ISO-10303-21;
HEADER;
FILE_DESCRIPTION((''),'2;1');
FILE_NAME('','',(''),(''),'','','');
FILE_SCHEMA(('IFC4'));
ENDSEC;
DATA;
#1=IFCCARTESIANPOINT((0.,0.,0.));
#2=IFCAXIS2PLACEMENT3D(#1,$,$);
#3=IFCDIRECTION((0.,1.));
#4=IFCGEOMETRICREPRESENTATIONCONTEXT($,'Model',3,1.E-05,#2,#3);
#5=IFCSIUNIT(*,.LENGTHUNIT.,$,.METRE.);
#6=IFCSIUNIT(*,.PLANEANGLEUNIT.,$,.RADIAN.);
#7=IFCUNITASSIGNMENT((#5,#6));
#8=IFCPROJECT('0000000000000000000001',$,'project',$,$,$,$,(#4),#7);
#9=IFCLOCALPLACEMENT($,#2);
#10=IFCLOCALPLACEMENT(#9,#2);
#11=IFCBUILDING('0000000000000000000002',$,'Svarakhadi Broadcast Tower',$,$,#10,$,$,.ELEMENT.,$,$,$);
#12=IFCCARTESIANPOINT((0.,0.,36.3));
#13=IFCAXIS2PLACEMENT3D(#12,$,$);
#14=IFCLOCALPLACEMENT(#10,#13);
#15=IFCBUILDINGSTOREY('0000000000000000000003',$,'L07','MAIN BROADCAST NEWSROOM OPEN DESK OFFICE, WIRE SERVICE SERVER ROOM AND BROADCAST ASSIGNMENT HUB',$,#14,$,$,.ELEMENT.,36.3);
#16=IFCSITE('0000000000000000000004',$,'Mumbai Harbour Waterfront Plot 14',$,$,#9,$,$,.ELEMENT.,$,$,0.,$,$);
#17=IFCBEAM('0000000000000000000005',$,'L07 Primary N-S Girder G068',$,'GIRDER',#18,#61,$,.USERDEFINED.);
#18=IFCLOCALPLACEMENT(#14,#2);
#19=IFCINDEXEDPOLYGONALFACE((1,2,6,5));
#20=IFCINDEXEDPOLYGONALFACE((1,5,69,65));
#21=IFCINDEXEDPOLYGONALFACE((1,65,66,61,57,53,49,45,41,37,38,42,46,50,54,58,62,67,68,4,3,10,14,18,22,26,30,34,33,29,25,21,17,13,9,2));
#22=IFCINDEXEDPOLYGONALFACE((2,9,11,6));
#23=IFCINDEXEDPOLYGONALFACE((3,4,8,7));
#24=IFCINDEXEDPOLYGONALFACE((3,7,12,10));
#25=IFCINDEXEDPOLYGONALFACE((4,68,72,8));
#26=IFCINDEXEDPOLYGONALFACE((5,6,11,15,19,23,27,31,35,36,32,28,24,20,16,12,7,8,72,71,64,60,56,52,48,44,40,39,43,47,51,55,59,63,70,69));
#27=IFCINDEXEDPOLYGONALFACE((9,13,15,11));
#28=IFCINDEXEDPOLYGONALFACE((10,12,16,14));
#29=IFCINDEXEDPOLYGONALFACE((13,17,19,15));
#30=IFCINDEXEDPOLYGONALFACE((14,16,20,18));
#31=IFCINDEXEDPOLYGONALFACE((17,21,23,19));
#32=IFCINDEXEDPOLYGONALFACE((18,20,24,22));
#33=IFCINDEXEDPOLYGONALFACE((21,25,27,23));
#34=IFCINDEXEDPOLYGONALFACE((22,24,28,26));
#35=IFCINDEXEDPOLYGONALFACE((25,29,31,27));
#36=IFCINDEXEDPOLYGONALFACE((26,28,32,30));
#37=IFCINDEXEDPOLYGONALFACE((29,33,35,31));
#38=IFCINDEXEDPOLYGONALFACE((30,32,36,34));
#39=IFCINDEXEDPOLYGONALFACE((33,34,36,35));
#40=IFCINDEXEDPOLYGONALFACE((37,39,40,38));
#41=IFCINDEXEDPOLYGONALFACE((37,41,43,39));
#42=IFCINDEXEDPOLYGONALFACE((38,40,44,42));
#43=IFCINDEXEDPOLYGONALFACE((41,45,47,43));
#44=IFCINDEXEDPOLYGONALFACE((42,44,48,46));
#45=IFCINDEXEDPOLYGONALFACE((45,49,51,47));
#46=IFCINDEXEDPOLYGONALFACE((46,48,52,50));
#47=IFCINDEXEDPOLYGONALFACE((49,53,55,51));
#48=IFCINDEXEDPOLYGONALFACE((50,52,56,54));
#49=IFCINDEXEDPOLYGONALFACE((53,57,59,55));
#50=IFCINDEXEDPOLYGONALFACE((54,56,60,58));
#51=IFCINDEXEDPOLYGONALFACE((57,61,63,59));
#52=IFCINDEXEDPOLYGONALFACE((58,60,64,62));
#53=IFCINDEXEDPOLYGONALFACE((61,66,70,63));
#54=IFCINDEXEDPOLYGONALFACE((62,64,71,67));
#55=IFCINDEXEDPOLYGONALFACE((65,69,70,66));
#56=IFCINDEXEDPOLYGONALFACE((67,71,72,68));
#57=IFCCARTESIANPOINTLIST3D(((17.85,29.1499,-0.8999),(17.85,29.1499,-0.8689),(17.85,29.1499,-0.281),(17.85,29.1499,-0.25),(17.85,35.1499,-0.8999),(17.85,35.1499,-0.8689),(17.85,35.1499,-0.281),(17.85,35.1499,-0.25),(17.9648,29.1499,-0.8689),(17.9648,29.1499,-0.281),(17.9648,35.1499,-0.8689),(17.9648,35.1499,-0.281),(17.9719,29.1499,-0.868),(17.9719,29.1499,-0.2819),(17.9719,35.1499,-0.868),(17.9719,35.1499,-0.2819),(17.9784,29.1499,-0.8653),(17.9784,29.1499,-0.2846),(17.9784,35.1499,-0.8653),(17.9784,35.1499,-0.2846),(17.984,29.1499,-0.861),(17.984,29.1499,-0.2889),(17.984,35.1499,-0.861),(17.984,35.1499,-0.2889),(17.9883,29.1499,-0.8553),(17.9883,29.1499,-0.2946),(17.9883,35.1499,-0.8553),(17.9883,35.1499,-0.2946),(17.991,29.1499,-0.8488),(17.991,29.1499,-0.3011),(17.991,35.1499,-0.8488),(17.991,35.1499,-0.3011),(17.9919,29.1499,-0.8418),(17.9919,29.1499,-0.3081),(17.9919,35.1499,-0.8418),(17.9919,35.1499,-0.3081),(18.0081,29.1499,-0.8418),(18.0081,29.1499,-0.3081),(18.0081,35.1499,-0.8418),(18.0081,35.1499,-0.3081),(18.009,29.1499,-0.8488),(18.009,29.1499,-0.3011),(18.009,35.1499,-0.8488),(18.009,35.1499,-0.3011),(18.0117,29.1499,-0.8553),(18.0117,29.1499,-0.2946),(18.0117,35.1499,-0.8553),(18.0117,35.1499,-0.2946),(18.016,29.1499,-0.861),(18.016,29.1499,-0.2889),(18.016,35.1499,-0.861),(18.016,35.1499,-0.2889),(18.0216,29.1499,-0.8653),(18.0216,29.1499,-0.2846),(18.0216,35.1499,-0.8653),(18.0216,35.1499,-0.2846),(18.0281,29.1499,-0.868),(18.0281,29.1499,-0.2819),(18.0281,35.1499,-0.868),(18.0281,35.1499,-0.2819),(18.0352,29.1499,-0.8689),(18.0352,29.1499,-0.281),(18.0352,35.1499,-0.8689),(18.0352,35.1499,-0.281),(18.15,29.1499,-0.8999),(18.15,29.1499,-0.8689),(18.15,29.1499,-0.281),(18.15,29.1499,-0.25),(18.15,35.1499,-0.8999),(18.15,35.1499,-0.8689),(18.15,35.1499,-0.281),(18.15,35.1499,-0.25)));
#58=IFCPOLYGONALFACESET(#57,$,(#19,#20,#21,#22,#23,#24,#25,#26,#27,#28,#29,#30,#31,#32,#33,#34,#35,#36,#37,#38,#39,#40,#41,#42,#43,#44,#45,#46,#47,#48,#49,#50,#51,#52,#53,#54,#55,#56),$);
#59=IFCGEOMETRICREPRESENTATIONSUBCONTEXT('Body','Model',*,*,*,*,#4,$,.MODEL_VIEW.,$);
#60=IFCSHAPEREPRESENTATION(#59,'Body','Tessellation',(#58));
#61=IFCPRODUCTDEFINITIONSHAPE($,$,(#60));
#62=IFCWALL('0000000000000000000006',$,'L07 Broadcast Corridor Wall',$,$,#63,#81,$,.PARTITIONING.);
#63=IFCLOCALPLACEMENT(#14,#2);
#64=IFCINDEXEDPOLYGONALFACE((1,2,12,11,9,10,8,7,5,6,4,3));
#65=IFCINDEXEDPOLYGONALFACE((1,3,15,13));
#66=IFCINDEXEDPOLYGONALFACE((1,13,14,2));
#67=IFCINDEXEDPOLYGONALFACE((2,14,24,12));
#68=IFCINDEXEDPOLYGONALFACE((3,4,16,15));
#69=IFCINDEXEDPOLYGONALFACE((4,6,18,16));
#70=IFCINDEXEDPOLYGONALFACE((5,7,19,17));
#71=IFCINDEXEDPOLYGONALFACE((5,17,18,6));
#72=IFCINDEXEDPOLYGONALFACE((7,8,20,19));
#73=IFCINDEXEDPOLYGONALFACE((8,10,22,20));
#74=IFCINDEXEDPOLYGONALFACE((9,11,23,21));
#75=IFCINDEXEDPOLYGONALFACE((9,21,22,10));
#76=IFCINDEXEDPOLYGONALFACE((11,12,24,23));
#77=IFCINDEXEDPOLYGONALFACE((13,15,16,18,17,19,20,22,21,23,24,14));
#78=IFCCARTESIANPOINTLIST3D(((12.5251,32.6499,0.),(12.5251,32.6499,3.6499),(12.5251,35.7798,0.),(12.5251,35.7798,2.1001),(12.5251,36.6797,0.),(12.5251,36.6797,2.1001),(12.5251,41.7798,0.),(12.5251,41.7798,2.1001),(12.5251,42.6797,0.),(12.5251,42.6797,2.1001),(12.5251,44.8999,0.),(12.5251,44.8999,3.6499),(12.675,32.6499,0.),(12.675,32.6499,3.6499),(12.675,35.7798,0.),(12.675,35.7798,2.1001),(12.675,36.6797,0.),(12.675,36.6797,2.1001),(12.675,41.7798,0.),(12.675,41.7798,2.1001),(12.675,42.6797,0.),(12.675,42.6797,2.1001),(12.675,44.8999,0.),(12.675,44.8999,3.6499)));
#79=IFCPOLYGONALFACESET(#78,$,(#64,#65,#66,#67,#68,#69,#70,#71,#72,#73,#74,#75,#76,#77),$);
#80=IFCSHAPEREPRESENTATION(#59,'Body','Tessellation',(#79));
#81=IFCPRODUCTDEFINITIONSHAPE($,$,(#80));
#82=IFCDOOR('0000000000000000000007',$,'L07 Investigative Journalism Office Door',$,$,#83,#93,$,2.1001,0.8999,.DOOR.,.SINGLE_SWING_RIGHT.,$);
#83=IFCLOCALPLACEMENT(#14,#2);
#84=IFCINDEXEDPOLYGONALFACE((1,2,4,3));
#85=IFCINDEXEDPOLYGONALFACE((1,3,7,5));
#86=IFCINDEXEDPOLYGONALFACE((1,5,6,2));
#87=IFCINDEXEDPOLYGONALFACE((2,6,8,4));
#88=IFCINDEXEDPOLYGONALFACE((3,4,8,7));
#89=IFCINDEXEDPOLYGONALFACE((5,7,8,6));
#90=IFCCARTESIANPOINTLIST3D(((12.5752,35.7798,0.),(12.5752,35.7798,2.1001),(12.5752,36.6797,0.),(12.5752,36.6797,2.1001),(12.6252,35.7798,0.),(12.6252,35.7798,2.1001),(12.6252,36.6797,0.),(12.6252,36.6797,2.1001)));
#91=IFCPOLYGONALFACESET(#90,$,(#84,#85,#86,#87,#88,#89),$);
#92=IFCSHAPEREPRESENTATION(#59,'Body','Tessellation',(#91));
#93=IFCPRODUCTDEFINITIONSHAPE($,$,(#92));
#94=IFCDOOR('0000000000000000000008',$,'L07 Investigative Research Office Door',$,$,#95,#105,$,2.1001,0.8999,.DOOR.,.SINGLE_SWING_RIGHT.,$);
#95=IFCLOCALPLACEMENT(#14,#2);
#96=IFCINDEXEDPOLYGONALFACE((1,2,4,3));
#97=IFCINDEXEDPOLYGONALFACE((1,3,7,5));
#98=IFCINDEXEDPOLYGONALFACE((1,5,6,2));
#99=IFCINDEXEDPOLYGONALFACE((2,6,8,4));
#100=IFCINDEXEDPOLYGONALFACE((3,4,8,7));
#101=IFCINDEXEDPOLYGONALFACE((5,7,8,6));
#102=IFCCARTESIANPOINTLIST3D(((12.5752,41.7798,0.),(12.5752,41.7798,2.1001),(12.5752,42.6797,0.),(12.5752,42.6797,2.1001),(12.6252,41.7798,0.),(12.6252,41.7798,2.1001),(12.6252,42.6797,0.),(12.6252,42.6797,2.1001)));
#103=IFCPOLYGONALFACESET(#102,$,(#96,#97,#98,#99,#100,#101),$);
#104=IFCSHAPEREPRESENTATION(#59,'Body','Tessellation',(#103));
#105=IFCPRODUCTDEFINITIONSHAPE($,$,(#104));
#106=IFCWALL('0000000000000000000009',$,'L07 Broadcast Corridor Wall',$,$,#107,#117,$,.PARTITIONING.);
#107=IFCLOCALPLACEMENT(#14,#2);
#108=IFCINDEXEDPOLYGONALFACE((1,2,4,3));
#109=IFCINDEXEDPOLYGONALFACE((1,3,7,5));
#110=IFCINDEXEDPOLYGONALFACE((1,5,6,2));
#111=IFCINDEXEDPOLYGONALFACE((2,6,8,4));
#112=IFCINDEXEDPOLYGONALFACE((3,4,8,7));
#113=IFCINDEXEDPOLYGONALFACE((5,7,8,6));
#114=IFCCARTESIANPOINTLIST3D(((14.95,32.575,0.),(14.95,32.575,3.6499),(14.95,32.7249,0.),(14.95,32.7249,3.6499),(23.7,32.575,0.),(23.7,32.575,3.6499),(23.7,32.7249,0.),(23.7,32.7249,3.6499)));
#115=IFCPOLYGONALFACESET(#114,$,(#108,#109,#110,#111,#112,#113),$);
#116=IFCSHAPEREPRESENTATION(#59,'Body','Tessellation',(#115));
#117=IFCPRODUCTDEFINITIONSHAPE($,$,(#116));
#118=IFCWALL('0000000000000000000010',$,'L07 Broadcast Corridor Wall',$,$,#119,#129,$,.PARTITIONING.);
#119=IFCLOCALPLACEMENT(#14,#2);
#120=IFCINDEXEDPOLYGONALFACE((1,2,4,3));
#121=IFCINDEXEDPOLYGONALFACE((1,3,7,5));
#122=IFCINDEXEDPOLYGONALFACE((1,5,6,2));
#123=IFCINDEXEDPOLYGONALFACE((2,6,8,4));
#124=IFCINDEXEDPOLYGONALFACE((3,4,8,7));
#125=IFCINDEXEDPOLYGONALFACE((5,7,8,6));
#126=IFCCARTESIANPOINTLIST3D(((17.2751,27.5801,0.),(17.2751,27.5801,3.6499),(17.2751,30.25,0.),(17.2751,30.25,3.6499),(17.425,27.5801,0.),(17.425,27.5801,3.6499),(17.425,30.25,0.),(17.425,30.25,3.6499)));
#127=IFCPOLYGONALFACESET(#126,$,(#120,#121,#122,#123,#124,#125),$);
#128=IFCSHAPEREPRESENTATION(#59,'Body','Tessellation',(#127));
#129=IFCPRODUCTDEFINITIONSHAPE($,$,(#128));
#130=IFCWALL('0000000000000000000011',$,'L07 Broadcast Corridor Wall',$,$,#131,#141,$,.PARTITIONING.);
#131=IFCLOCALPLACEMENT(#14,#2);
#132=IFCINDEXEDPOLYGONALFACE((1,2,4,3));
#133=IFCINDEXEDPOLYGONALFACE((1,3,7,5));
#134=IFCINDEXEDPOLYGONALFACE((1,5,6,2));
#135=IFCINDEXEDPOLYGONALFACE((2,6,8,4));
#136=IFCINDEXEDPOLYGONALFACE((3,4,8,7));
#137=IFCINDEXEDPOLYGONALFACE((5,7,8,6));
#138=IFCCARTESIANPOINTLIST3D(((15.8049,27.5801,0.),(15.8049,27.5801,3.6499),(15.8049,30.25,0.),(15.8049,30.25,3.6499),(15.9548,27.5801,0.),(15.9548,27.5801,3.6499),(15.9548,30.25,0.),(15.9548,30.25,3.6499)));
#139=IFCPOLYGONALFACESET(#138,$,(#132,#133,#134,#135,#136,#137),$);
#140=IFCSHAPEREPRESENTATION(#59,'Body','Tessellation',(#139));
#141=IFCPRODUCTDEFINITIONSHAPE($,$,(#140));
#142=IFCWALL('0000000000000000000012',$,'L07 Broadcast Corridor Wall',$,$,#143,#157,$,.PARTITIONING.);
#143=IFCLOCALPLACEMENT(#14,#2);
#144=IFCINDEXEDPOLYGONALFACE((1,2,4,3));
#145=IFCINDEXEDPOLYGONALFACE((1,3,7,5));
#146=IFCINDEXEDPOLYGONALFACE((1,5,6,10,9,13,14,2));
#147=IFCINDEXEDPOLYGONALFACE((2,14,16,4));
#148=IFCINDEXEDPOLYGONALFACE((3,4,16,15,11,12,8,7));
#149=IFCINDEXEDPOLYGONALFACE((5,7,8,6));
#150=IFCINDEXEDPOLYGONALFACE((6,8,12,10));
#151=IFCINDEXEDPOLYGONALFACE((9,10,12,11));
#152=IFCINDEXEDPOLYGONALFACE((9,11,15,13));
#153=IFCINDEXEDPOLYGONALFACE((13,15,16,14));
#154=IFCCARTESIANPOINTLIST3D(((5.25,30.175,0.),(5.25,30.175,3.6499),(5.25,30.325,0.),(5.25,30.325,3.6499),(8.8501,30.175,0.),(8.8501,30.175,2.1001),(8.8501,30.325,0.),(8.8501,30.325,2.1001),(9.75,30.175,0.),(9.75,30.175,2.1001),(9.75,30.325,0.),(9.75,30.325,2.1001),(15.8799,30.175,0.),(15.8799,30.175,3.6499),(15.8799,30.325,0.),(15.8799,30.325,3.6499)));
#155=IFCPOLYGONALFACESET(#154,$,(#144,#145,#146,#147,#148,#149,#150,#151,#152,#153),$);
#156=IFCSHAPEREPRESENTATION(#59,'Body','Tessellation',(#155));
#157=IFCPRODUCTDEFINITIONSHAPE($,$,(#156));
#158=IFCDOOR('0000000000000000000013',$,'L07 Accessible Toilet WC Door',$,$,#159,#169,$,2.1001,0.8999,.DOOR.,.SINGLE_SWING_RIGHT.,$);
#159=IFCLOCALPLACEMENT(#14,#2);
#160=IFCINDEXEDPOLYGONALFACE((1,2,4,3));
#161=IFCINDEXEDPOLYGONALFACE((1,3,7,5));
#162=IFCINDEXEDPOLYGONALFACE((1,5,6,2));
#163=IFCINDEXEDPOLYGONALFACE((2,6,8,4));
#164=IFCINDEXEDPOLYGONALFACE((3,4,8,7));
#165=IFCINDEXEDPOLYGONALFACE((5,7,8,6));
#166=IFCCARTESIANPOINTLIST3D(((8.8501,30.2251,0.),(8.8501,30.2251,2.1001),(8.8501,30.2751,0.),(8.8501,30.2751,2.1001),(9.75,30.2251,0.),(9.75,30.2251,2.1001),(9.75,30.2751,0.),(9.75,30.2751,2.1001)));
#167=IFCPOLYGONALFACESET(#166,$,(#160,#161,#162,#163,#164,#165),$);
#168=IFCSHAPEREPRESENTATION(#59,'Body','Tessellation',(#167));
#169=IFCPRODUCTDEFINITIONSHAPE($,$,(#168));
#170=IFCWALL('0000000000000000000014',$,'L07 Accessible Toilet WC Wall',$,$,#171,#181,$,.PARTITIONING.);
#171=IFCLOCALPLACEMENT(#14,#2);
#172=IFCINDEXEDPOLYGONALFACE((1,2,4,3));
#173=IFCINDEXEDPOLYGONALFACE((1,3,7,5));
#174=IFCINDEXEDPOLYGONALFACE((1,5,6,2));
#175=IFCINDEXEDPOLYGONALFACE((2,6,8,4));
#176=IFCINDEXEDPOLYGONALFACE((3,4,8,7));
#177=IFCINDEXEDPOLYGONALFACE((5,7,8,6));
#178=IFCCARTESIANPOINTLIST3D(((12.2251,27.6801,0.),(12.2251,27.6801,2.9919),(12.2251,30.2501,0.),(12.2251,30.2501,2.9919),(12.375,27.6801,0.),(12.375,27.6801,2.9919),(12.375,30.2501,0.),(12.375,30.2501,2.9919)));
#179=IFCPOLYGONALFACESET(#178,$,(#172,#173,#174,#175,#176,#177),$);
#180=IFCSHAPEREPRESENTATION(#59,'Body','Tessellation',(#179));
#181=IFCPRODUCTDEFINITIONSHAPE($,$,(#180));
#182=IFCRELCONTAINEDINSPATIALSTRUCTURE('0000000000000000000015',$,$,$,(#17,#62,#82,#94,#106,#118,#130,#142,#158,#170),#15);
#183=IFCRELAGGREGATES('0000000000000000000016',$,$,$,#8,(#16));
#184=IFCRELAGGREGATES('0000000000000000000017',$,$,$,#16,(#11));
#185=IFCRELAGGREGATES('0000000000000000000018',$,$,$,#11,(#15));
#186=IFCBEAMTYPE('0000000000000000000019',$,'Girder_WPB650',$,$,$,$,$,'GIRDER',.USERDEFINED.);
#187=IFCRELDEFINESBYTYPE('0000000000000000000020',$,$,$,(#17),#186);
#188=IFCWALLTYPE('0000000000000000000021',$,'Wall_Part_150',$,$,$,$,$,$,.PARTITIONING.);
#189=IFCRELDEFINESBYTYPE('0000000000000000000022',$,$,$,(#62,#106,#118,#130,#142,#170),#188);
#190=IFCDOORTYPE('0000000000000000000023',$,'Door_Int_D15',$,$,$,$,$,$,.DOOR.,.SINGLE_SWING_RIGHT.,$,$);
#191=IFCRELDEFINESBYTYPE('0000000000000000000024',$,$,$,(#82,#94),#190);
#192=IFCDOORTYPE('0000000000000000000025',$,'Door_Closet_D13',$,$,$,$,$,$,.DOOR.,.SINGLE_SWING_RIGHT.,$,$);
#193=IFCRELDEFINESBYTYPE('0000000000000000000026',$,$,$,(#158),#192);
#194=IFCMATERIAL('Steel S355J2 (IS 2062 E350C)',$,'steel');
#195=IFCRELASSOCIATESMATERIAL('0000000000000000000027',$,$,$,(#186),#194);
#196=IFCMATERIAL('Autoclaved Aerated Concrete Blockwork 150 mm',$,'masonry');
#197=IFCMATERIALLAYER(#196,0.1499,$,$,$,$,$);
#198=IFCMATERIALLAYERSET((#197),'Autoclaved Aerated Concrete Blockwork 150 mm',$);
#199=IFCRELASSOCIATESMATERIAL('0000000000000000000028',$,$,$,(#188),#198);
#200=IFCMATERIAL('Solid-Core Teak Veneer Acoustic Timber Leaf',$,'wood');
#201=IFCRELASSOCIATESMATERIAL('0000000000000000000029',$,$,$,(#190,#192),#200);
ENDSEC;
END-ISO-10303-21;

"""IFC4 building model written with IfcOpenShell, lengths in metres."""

from ifc_helpers import new_model, si_unit, direction, frame, frame_2d, origin, origin_2d, place, context, subcontext, project, spatial, rectangle, i_section, extrude, material, layer, layer_set, material_profile, profile_set, type_object, element, fill, save


model = new_model("IFC4")

# Units and contexts
model_context = context("Model", 3, precision=1e-05, world=origin(), true_north=direction((0.0, 1.0)))
body_context = subcontext(model_context, "Body", "Model", "MODEL_VIEW")
ifc_project = project(units=[si_unit("LENGTHUNIT", "METRE"), si_unit("PLANEANGLEUNIT", "RADIAN")], contexts=[model_context])

# Site, building, storey
site_placement = place(None, origin())
site = spatial("IfcSite", under=ifc_project, at=site_placement, Name="Mumbai Harbour Waterfront Plot 14", CompositionType="ELEMENT", RefElevation=0.0)
building_placement = place(site_placement, origin())
building = spatial("IfcBuilding", under=site, at=building_placement, Name="Svarakhadi Broadcast Tower", CompositionType="ELEMENT")
storey_placement = place(building_placement, frame((0.0, 0.0, 36.3)))
storey = spatial("IfcBuildingStorey", under=building, at=storey_placement, Name="L07", Description="MAIN BROADCAST NEWSROOM OPEN DESK OFFICE, WIRE SERVICE SERVER ROOM AND BROADCAST ASSIGNMENT HUB", CompositionType="ELEMENT", Elevation=36.3)

# Beam
ifc_material_1 = material(Name="Steel S355J2 (IS 2062 E350C)", Category="steel")
ifc_material_profile_1 = material_profile(ifc_material_1, i_section(OverallWidth=0.3, OverallDepth=0.6499, WebThickness=0.0161, FlangeThickness=0.031, FilletRadius=0.0271, at=origin_2d()), Name="WPB 650x300x225")
ifc_profile_set_1 = profile_set([ifc_material_profile_1], Name="Steel S355J2 (IS 2062 E350C)")
beam_type_1 = type_object("IfcBeamType", Name="Girder_WPB650", ElementType="GIRDER", PredefinedType="USERDEFINED", material=ifc_profile_set_1)
for number, where, z_axis, x_axis, name in (
    (1, (18.0, 29.1499, -0.575), (0.0, 1.0, 0.0), (-1.0, 0.0, 0.0), "L07 Primary N-S Girder G068"),
):
    element("IfcBeam", number, at=place(storey_placement, frame(where, z_axis=z_axis, x_axis=x_axis)), inside=storey, type_object=beam_type_1, Name=name, ObjectType="GIRDER", PredefinedType="USERDEFINED", context=body_context, shape_type="SweptSolid", body=[
        extrude(i_section(OverallWidth=0.3, OverallDepth=0.6499, WebThickness=0.0161, FlangeThickness=0.031, FilletRadius=0.0271, at=origin_2d()), origin(), (0.0, 0.0, 1.0), 6.0),
    ])

# Shared definitions
ifc_material_2 = material(Name="Autoclaved Aerated Concrete Blockwork 150 mm", Category="masonry")
ifc_layer = layer(ifc_material_2, 0.1499)
ifc_layer_set = layer_set([ifc_layer], Name="Autoclaved Aerated Concrete Blockwork 150 mm")
wall_type = type_object("IfcWallType", Name="Wall_Part_150", PredefinedType="PARTITIONING", material=ifc_layer_set)

# Wall, openings, doors
wall_1_placement = place(storey_placement, frame((12.6001, 32.6499, 0.0), z_axis=(0.0, 0.0, 1.0), x_axis=(0.0, 1.0, 0.0)))
wall_1 = element("IfcWall", 2, at=wall_1_placement, inside=storey, type_object=wall_type, Name="L07 Broadcast Corridor Wall", PredefinedType="PARTITIONING", context=body_context, shape_type="SweptSolid", body=[
    extrude(rectangle(XDim=12.25, YDim=0.1499, at=frame_2d((6.125, 0.0))), origin(), (0.0, 0.0, 1.0), 3.6499),
])
opening_1_placement = place(wall_1_placement, frame((3.1299, 0.0, 0.0)))
opening_1 = element("IfcOpeningElement", 3, at=opening_1_placement, cuts=wall_1, PredefinedType="OPENING", context=body_context, shape_type="SweptSolid", body=[
    extrude(rectangle(XDim=0.8999, YDim=2.1001, at=frame_2d((0.45, 1.05))), frame((0.0, 0.085, 0.0), z_axis=(0.0, -1.0, 0.0), x_axis=(1.0, 0.0, 0.0)), (0.0, 0.0, 1.0), 0.1699),
])
opening_2_placement = place(wall_1_placement, frame((9.1299, 0.0, 0.0)))
opening_2 = element("IfcOpeningElement", 4, at=opening_2_placement, cuts=wall_1, PredefinedType="OPENING", context=body_context, shape_type="SweptSolid", body=[
    extrude(rectangle(XDim=0.8999, YDim=2.1001, at=frame_2d((0.45, 1.05))), frame((0.0, 0.085, 0.0), z_axis=(0.0, -1.0, 0.0), x_axis=(1.0, 0.0, 0.0)), (0.0, 0.0, 1.0), 0.1699),
])
ifc_material_3 = material(Name="Solid-Core Teak Veneer Acoustic Timber Leaf", Category="wood")
door_type_1 = type_object("IfcDoorType", Name="Door_Int_D15", OperationType="SINGLE_SWING_RIGHT", PredefinedType="DOOR", material=ifc_material_3)
door_1_placement = place(opening_1_placement, origin())
door_1 = element("IfcDoor", 5, at=door_1_placement, inside=storey, type_object=door_type_1, Name="L07 Investigative Journalism Office Door", OperationType="SINGLE_SWING_RIGHT", OverallHeight=2.1001, OverallWidth=0.8999, PredefinedType="DOOR", context=body_context, shape_type="SweptSolid", body=[
    extrude(rectangle(XDim=0.8999, YDim=2.1001, at=frame_2d((0.45, 1.05))), frame((0.0, 0.0249, 0.0), z_axis=(0.0, -1.0, 0.0), x_axis=(1.0, 0.0, 0.0)), (0.0, 0.0, 1.0), 0.05),
])
fill(opening_1, door_1)
door_2_placement = place(opening_2_placement, origin())
door_2 = element("IfcDoor", 6, at=door_2_placement, inside=storey, type_object=door_type_1, Name="L07 Investigative Research Office Door", OperationType="SINGLE_SWING_RIGHT", OverallHeight=2.1001, OverallWidth=0.8999, PredefinedType="DOOR", context=body_context, shape_type="SweptSolid", body=[
    extrude(rectangle(XDim=0.8999, YDim=2.1001, at=frame_2d((0.45, 1.05))), frame((0.0, 0.0249, 0.0), z_axis=(0.0, -1.0, 0.0), x_axis=(1.0, 0.0, 0.0)), (0.0, 0.0, 1.0), 0.05),
])
fill(opening_2, door_2)

# Walls
wall_2_placement = place(storey_placement, frame((14.95, 32.6499, 0.0), z_axis=(0.0, 0.0, 1.0), x_axis=(1.0, 0.0, 0.0)))
element("IfcWall", 7, at=wall_2_placement, inside=storey, type_object=wall_type, Name="L07 Broadcast Corridor Wall", PredefinedType="PARTITIONING", context=body_context, shape_type="SweptSolid", body=[
    extrude(rectangle(XDim=8.75, YDim=0.1499, at=frame_2d((4.375, 0.0))), origin(), (0.0, 0.0, 1.0), 3.6499),
])
for number, where, z_axis, x_axis, name in (
    (8, (17.3501, 30.25, 0.0), (0.0, 0.0, 1.0), (0.0, -1.0, 0.0), "L07 Broadcast Corridor Wall"),
    (9, (15.8799, 27.5801, 0.0), (0.0, 0.0, 1.0), (0.0, 1.0, 0.0), "L07 Broadcast Corridor Wall"),
):
    element("IfcWall", number, at=place(storey_placement, frame(where, z_axis=z_axis, x_axis=x_axis)), inside=storey, type_object=wall_type, Name=name, PredefinedType="PARTITIONING", context=body_context, shape_type="SweptSolid", body=[
        extrude(rectangle(XDim=2.6699, YDim=0.1499, at=frame_2d((1.335, 0.0))), origin(), (0.0, 0.0, 1.0), 3.6499),
    ])

# Wall, opening, door
wall_3_placement = place(storey_placement, frame((15.8799, 30.25, 0.0), z_axis=(0.0, 0.0, 1.0), x_axis=(-1.0, 0.0, 0.0)))
wall_3 = element("IfcWall", 10, at=wall_3_placement, inside=storey, type_object=wall_type, Name="L07 Broadcast Corridor Wall", PredefinedType="PARTITIONING", context=body_context, shape_type="SweptSolid", body=[
    extrude(rectangle(XDim=10.6299, YDim=0.1499, at=frame_2d((5.3149, 0.0))), origin(), (0.0, 0.0, 1.0), 3.6499),
])
opening_3_placement = place(wall_3_placement, frame((6.1299, 0.0, 0.0)))
opening_3 = element("IfcOpeningElement", 11, at=opening_3_placement, cuts=wall_3, PredefinedType="OPENING", context=body_context, shape_type="SweptSolid", body=[
    extrude(rectangle(XDim=0.8999, YDim=2.1001, at=frame_2d((0.45, 1.05))), frame((0.0, 0.085, 0.0), z_axis=(0.0, -1.0, 0.0), x_axis=(1.0, 0.0, 0.0)), (0.0, 0.0, 1.0), 0.1699),
])
door_type_2 = type_object("IfcDoorType", Name="Door_Closet_D13", OperationType="SINGLE_SWING_RIGHT", PredefinedType="DOOR", material=ifc_material_3)
door_3_placement = place(opening_3_placement, origin())
door_3 = element("IfcDoor", 12, at=door_3_placement, inside=storey, type_object=door_type_2, Name="L07 Accessible Toilet WC Door", OperationType="SINGLE_SWING_RIGHT", OverallHeight=2.1001, OverallWidth=0.8999, PredefinedType="DOOR", context=body_context, shape_type="SweptSolid", body=[
    extrude(rectangle(XDim=0.8999, YDim=2.1001, at=frame_2d((0.45, 1.05))), frame((0.0, 0.0249, 0.0), z_axis=(0.0, -1.0, 0.0), x_axis=(1.0, 0.0, 0.0)), (0.0, 0.0, 1.0), 0.05),
])
fill(opening_3, door_3)

# Wall
wall_4_placement = place(storey_placement, frame((12.3, 27.6799, 0.0), z_axis=(0.0, 0.0, 1.0), x_axis=(0.0, 1.0, 0.0)))
element("IfcWall", 13, at=wall_4_placement, inside=storey, type_object=wall_type, Name="L07 Accessible Toilet WC Wall", PredefinedType="PARTITIONING", context=body_context, shape_type="SweptSolid", body=[
    extrude(rectangle(XDim=2.5701, YDim=0.1499, at=frame_2d((1.2852, 0.0))), origin(), (0.0, 0.0, 1.0), 2.9919),
])

save(model, "model.ifc")
